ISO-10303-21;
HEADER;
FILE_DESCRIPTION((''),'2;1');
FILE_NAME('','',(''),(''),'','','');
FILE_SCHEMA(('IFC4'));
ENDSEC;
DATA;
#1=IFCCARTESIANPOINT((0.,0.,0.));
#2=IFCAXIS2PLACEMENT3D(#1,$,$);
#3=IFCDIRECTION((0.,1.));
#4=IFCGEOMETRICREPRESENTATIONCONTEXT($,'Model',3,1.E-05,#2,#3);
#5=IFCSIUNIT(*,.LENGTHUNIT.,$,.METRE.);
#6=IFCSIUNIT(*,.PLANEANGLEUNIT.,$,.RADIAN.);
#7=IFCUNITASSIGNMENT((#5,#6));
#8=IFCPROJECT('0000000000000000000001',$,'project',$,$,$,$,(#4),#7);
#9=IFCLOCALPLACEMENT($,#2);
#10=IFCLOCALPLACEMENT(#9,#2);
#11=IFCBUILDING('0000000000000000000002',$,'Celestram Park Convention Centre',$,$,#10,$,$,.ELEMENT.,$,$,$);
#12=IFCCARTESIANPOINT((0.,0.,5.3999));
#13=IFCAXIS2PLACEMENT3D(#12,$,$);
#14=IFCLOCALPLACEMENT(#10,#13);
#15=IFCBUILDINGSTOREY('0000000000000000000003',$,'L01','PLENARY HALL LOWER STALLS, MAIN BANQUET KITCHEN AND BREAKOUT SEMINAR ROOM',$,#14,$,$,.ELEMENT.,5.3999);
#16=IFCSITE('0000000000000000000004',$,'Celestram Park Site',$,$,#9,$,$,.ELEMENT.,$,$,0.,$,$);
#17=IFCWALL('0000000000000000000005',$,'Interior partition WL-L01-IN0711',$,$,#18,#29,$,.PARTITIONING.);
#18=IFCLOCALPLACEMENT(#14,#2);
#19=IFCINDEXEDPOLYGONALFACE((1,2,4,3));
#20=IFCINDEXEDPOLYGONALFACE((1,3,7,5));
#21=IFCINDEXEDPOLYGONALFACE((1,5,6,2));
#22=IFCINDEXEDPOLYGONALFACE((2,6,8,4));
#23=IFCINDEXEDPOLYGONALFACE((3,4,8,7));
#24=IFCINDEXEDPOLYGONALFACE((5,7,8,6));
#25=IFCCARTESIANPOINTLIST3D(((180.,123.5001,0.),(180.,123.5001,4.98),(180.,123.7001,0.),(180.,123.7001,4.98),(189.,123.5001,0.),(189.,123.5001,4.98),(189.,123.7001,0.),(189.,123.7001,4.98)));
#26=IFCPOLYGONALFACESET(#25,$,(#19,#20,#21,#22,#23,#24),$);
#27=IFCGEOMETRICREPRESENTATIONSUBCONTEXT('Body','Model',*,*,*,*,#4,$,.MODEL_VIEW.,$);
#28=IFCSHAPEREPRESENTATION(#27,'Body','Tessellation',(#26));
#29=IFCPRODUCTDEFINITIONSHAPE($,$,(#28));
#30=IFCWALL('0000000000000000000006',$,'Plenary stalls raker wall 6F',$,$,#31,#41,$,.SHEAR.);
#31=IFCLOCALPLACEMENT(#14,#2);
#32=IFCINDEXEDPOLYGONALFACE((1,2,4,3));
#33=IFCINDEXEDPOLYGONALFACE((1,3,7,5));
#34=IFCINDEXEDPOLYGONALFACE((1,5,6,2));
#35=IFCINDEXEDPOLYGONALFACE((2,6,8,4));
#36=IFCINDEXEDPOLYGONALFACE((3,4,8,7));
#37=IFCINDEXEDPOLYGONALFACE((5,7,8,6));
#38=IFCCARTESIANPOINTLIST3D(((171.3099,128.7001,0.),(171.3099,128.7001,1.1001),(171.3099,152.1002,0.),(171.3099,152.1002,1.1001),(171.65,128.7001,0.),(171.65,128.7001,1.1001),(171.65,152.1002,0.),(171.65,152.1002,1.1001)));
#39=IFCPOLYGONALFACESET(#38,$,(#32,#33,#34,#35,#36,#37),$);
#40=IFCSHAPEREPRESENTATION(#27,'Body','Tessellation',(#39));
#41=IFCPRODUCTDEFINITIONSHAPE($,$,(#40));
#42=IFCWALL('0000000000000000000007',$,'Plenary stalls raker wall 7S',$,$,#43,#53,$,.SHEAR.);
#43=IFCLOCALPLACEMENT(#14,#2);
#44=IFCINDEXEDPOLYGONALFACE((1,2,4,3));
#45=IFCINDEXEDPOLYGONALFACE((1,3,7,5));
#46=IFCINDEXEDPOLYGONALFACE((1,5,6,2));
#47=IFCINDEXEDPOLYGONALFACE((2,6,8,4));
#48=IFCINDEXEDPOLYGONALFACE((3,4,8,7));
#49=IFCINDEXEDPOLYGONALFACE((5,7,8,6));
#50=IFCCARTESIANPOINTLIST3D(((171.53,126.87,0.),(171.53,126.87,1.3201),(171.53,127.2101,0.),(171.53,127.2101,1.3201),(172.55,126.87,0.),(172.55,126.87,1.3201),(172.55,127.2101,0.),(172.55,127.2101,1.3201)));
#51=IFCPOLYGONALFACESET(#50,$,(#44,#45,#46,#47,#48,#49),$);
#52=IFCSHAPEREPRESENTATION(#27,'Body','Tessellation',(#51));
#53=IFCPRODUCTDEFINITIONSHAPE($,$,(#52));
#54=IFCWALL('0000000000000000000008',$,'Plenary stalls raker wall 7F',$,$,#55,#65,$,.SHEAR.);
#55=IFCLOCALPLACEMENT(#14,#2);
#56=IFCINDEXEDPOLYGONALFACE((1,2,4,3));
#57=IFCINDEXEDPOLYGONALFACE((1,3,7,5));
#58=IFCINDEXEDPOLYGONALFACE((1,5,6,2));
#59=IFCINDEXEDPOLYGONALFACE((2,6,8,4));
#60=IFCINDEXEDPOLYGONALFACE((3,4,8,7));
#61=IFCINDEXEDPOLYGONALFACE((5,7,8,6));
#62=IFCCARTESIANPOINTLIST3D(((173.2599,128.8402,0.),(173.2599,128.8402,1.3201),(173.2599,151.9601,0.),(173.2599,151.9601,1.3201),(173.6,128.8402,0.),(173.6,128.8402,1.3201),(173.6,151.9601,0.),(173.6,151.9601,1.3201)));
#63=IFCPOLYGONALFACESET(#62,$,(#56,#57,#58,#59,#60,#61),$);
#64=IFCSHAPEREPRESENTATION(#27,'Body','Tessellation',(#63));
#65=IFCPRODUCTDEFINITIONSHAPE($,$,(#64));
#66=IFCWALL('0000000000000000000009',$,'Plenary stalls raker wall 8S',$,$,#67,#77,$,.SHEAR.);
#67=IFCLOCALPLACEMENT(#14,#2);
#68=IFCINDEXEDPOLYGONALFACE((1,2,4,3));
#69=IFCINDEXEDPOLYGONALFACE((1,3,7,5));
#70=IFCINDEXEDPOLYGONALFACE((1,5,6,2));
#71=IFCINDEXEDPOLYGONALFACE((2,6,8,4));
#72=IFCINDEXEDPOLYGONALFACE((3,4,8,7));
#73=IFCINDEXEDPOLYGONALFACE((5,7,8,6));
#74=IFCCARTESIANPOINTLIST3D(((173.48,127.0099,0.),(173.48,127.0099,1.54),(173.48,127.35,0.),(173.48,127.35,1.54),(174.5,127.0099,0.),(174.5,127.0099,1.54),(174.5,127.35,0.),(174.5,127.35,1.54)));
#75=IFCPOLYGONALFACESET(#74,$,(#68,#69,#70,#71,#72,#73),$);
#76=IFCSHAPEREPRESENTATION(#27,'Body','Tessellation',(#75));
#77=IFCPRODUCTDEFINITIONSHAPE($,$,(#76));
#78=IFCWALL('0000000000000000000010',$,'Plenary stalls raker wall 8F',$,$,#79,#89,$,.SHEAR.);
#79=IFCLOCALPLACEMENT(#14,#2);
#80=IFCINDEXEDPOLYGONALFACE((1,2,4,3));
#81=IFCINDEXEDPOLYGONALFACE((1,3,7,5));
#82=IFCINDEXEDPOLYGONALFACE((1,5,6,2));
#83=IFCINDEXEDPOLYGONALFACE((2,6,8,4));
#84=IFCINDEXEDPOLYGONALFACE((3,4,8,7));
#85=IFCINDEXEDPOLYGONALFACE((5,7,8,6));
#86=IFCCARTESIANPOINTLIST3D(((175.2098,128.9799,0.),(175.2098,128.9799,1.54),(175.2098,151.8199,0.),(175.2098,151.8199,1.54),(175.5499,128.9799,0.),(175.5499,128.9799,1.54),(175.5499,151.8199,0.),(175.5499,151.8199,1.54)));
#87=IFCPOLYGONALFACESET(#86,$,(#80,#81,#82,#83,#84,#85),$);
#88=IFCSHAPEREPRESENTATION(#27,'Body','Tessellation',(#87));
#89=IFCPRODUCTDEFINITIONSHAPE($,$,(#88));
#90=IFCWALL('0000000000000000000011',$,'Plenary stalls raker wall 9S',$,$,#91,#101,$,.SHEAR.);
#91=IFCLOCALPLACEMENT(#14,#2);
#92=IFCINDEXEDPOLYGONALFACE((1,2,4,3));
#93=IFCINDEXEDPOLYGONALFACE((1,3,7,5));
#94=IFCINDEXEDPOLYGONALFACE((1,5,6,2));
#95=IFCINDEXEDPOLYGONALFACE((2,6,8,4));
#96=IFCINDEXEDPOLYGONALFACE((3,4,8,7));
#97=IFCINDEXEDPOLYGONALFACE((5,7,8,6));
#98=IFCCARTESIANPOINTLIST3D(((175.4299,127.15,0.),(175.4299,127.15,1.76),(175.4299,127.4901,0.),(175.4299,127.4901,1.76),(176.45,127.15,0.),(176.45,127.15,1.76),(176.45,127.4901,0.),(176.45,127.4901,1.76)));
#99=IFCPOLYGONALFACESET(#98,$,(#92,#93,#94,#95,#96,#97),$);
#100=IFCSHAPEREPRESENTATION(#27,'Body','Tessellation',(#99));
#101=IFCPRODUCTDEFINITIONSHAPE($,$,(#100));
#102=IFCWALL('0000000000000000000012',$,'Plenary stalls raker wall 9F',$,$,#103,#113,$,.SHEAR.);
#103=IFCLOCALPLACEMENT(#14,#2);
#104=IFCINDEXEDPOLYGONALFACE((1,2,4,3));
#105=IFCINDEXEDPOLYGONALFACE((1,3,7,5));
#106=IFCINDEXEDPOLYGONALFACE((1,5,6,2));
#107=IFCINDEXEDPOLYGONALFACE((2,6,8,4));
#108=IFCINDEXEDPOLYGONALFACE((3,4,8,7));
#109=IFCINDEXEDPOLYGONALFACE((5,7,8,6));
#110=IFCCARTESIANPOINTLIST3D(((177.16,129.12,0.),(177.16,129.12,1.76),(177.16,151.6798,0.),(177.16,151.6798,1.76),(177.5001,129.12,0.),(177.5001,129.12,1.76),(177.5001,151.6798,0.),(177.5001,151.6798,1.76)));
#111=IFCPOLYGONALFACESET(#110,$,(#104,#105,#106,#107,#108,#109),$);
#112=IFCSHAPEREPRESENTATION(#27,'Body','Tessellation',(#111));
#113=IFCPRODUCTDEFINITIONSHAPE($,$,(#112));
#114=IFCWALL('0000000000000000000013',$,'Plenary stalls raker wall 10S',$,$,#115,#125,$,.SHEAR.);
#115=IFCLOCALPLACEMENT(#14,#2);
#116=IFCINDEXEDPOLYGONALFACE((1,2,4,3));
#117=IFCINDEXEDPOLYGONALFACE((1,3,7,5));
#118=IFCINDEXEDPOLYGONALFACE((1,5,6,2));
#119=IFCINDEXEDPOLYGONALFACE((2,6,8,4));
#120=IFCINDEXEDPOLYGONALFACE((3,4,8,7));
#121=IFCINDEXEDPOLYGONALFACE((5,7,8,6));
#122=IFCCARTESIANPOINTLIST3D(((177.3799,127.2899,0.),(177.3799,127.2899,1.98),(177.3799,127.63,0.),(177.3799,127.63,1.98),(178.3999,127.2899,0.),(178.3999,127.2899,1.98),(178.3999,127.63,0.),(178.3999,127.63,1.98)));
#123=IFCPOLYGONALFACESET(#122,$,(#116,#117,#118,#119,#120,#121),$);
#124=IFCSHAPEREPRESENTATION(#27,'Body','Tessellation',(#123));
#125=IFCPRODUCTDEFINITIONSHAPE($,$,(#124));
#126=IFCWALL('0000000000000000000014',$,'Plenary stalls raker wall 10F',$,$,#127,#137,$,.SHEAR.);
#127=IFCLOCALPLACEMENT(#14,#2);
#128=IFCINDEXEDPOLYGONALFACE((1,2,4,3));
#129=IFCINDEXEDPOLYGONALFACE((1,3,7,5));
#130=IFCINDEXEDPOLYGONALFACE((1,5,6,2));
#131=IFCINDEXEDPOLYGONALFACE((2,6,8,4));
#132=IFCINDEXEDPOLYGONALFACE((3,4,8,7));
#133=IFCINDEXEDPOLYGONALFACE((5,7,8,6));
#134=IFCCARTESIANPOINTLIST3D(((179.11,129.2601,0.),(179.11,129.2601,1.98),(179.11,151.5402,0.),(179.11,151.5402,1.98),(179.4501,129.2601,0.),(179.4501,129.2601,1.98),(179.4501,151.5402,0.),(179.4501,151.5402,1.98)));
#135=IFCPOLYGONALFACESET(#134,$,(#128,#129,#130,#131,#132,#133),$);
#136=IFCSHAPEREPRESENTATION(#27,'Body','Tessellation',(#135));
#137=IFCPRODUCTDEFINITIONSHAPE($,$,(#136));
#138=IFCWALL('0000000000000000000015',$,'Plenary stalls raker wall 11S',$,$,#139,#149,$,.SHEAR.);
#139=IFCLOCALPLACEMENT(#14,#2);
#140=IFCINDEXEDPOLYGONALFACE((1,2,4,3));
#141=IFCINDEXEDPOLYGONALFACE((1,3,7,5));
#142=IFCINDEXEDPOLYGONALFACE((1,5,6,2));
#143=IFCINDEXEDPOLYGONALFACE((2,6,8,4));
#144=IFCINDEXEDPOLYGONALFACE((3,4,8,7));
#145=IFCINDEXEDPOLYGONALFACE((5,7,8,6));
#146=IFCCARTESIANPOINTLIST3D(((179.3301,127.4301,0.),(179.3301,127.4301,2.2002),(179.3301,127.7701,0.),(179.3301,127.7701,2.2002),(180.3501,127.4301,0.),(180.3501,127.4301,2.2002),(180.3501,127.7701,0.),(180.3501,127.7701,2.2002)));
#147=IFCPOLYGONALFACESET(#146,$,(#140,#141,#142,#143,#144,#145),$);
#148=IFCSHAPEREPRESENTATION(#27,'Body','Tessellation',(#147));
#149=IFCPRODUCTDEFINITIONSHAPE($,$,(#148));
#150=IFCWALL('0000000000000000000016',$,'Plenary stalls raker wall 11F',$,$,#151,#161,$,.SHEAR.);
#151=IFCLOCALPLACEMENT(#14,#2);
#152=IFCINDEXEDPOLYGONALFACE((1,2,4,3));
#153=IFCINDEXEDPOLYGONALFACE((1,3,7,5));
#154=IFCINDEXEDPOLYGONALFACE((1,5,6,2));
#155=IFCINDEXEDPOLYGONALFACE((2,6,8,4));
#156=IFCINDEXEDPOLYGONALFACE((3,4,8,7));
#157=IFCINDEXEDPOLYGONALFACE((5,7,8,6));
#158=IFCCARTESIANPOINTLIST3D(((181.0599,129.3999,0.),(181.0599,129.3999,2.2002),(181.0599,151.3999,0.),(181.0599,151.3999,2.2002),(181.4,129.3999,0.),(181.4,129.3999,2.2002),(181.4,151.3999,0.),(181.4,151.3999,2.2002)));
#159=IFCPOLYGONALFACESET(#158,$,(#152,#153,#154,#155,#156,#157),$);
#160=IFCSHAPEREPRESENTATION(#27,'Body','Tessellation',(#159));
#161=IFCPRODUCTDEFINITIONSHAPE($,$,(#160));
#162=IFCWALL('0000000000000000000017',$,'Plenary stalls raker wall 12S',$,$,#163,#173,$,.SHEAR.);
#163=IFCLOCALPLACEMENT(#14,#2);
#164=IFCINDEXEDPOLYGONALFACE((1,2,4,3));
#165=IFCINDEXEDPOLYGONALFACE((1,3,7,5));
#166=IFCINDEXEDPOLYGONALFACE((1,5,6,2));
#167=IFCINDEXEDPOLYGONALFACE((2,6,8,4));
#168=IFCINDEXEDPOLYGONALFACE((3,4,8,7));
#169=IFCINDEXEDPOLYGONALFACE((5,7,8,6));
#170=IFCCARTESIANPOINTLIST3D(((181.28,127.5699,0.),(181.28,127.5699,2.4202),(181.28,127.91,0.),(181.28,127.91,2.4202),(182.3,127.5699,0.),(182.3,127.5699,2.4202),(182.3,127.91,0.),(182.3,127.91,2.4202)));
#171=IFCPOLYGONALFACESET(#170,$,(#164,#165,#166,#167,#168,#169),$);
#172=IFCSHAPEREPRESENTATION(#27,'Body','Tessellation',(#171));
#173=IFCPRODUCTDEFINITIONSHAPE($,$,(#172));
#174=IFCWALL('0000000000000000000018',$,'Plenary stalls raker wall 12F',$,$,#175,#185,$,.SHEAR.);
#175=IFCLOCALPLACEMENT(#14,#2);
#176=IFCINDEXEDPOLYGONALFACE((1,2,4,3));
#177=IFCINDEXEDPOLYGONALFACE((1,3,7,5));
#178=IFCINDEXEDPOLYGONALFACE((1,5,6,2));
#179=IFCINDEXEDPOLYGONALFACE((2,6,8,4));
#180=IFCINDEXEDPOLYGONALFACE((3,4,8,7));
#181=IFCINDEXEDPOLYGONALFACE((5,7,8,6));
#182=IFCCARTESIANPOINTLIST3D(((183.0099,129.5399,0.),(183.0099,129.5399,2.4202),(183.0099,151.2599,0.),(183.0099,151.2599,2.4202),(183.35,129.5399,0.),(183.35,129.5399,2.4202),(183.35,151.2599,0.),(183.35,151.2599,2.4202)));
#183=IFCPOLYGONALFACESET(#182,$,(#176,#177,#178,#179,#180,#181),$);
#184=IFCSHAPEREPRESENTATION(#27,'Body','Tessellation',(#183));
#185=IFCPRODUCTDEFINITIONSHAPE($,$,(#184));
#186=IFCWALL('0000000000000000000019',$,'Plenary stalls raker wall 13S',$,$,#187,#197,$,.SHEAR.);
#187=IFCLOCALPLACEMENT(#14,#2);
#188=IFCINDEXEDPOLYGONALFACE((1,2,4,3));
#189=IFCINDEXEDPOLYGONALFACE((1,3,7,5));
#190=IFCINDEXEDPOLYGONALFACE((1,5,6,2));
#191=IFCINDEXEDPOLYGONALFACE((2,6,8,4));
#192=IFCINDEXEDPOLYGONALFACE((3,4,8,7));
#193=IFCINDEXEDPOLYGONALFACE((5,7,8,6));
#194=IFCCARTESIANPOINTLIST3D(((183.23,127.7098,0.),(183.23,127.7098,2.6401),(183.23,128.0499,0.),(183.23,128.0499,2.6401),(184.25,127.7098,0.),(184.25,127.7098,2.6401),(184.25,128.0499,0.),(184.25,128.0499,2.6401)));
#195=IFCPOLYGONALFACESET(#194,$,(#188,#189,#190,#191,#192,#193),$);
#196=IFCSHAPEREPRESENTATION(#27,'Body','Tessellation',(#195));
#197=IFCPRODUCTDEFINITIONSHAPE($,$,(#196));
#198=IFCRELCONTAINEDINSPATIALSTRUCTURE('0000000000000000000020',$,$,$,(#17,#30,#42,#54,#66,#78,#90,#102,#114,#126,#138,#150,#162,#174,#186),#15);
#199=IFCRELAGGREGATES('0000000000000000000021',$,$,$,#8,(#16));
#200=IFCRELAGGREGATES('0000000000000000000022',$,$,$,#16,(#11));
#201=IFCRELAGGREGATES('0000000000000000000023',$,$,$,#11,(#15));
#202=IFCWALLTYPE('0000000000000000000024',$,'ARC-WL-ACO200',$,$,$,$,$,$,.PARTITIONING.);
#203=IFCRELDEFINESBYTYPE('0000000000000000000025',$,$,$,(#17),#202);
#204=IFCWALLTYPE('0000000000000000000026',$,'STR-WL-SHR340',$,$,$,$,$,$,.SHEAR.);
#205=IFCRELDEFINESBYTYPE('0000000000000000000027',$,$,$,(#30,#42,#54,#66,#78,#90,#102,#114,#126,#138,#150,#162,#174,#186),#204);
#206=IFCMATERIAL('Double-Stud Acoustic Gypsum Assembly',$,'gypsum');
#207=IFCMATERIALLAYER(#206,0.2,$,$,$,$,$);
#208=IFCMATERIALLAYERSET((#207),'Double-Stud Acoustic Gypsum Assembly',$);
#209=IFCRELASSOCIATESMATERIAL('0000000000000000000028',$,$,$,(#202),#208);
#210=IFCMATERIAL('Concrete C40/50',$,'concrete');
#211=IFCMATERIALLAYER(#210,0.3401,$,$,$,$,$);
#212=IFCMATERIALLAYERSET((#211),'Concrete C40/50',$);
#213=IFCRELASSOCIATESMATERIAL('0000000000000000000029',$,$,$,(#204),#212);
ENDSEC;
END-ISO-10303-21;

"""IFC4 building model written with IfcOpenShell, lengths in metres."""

from ifc_helpers import new_model, si_unit, direction, frame, frame_2d, origin, place, context, subcontext, project, spatial, rectangle, extrude, material, layer, layer_set, type_object, element, save


model = new_model("IFC4")

# Units and contexts
model_context = context("Model", 3, precision=1e-05, world=origin(), true_north=direction((0.0, 1.0)))
body_context = subcontext(model_context, "Body", "Model", "MODEL_VIEW")
ifc_project = project(units=[si_unit("LENGTHUNIT", "METRE"), si_unit("PLANEANGLEUNIT", "RADIAN")], contexts=[model_context])

# Site, building, storey
site_placement = place(None, origin())
site = spatial("IfcSite", under=ifc_project, at=site_placement, Name="Celestram Park Site", CompositionType="ELEMENT", RefElevation=0.0)
building_placement = place(site_placement, origin())
building = spatial("IfcBuilding", under=site, at=building_placement, Name="Celestram Park Convention Centre", CompositionType="ELEMENT")
storey_placement = place(building_placement, frame((0.0, 0.0, 5.3999)))
storey = spatial("IfcBuildingStorey", under=building, at=storey_placement, Name="L01", Description="PLENARY HALL LOWER STALLS, MAIN BANQUET KITCHEN AND BREAKOUT SEMINAR ROOM", CompositionType="ELEMENT", Elevation=5.3999)

# Walls
ifc_material_1 = material(Name="Double-Stud Acoustic Gypsum Assembly", Category="gypsum")
ifc_layer_1 = layer(ifc_material_1, 0.2)
ifc_layer_set_1 = layer_set([ifc_layer_1], Name="Double-Stud Acoustic Gypsum Assembly")
wall_type_1 = type_object("IfcWallType", Name="ARC-WL-ACO200", PredefinedType="PARTITIONING", material=ifc_layer_set_1)
wall_1_placement = place(storey_placement, frame((180.0, 123.6001, 0.0), z_axis=(0.0, 0.0, 1.0), x_axis=(1.0, 0.0, 0.0)))
element("IfcWall", 1, at=wall_1_placement, inside=storey, type_object=wall_type_1, Name="Interior partition WL-L01-IN0711", PredefinedType="PARTITIONING", context=body_context, shape_type="SweptSolid", body=[
    extrude(rectangle(XDim=9.0, YDim=0.2, at=frame_2d((4.5, 0.0))), origin(), (0.0, 0.0, 1.0), 4.98),
])
ifc_material_2 = material(Name="Concrete C40/50", Category="concrete")
ifc_layer_2 = layer(ifc_material_2, 0.3401)
ifc_layer_set_2 = layer_set([ifc_layer_2], Name="Concrete C40/50")
wall_type_2 = type_object("IfcWallType", Name="STR-WL-SHR340", PredefinedType="SHEAR", material=ifc_layer_set_2)
wall_2_placement = place(storey_placement, frame((171.48, 128.7, 0.0), z_axis=(0.0, 0.0, 1.0), x_axis=(0.0, 1.0, 0.0)))
element("IfcWall", 2, at=wall_2_placement, inside=storey, type_object=wall_type_2, Name="Plenary stalls raker wall 6F", PredefinedType="SHEAR", context=body_context, shape_type="SweptSolid", body=[
    extrude(rectangle(XDim=23.4001, YDim=0.3401, at=frame_2d((11.7002, 0.0))), origin(), (0.0, 0.0, 1.0), 1.1001),
])
wall_3_placement = place(storey_placement, frame((171.53, 127.04, 0.0), z_axis=(0.0, 0.0, 1.0), x_axis=(1.0, 0.0, 0.0)))
element("IfcWall", 3, at=wall_3_placement, inside=storey, type_object=wall_type_2, Name="Plenary stalls raker wall 7S", PredefinedType="SHEAR", context=body_context, shape_type="SweptSolid", body=[
    extrude(rectangle(XDim=1.02, YDim=0.3401, at=frame_2d((0.51, 0.0))), origin(), (0.0, 0.0, 1.0), 1.3201),
])
wall_4_placement = place(storey_placement, frame((173.4299, 128.8401, 0.0), z_axis=(0.0, 0.0, 1.0), x_axis=(0.0, 1.0, 0.0)))
element("IfcWall", 4, at=wall_4_placement, inside=storey, type_object=wall_type_2, Name="Plenary stalls raker wall 7F", PredefinedType="SHEAR", context=body_context, shape_type="SweptSolid", body=[
    extrude(rectangle(XDim=23.1199, YDim=0.3401, at=frame_2d((11.5601, 0.0))), origin(), (0.0, 0.0, 1.0), 1.3201),
])
wall_5_placement = place(storey_placement, frame((173.48, 127.1799, 0.0), z_axis=(0.0, 0.0, 1.0), x_axis=(1.0, 0.0, 0.0)))
element("IfcWall", 5, at=wall_5_placement, inside=storey, type_object=wall_type_2, Name="Plenary stalls raker wall 8S", PredefinedType="SHEAR", context=body_context, shape_type="SweptSolid", body=[
    extrude(rectangle(XDim=1.02, YDim=0.3401, at=frame_2d((0.51, 0.0))), origin(), (0.0, 0.0, 1.0), 1.54),
])
wall_6_placement = place(storey_placement, frame((175.3799, 128.98, 0.0), z_axis=(0.0, 0.0, 1.0), x_axis=(0.0, 1.0, 0.0)))
element("IfcWall", 6, at=wall_6_placement, inside=storey, type_object=wall_type_2, Name="Plenary stalls raker wall 8F", PredefinedType="SHEAR", context=body_context, shape_type="SweptSolid", body=[
    extrude(rectangle(XDim=22.8401, YDim=0.3401, at=frame_2d((11.4199, 0.0))), origin(), (0.0, 0.0, 1.0), 1.54),
])
wall_7_placement = place(storey_placement, frame((175.4299, 127.3201, 0.0), z_axis=(0.0, 0.0, 1.0), x_axis=(1.0, 0.0, 0.0)))
element("IfcWall", 7, at=wall_7_placement, inside=storey, type_object=wall_type_2, Name="Plenary stalls raker wall 9S", PredefinedType="SHEAR", context=body_context, shape_type="SweptSolid", body=[
    extrude(rectangle(XDim=1.02, YDim=0.3401, at=frame_2d((0.51, 0.0))), origin(), (0.0, 0.0, 1.0), 1.76),
])
wall_8_placement = place(storey_placement, frame((177.3301, 129.1201, 0.0), z_axis=(0.0, 0.0, 1.0), x_axis=(0.0, 1.0, 0.0)))
element("IfcWall", 8, at=wall_8_placement, inside=storey, type_object=wall_type_2, Name="Plenary stalls raker wall 9F", PredefinedType="SHEAR", context=body_context, shape_type="SweptSolid", body=[
    extrude(rectangle(XDim=22.5598, YDim=0.3401, at=frame_2d((11.2798, 0.0))), origin(), (0.0, 0.0, 1.0), 1.76),
])
wall_9_placement = place(storey_placement, frame((177.3799, 127.46, 0.0), z_axis=(0.0, 0.0, 1.0), x_axis=(1.0, 0.0, 0.0)))
element("IfcWall", 9, at=wall_9_placement, inside=storey, type_object=wall_type_2, Name="Plenary stalls raker wall 10S", PredefinedType="SHEAR", context=body_context, shape_type="SweptSolid", body=[
    extrude(rectangle(XDim=1.02, YDim=0.3401, at=frame_2d((0.51, 0.0))), origin(), (0.0, 0.0, 1.0), 1.98),
])
wall_10_placement = place(storey_placement, frame((179.28, 129.26, 0.0), z_axis=(0.0, 0.0, 1.0), x_axis=(0.0, 1.0, 0.0)))
element("IfcWall", 10, at=wall_10_placement, inside=storey, type_object=wall_type_2, Name="Plenary stalls raker wall 10F", PredefinedType="SHEAR", context=body_context, shape_type="SweptSolid", body=[
    extrude(rectangle(XDim=22.28, YDim=0.3401, at=frame_2d((11.1401, 0.0))), origin(), (0.0, 0.0, 1.0), 1.98),
])
wall_11_placement = place(storey_placement, frame((179.3301, 127.6001, 0.0), z_axis=(0.0, 0.0, 1.0), x_axis=(1.0, 0.0, 0.0)))
element("IfcWall", 11, at=wall_11_placement, inside=storey, type_object=wall_type_2, Name="Plenary stalls raker wall 11S", PredefinedType="SHEAR", context=body_context, shape_type="SweptSolid", body=[
    extrude(rectangle(XDim=1.02, YDim=0.3401, at=frame_2d((0.51, 0.0))), origin(), (0.0, 0.0, 1.0), 2.2002),
])
wall_12_placement = place(storey_placement, frame((181.23, 129.3999, 0.0), z_axis=(0.0, 0.0, 1.0), x_axis=(0.0, 1.0, 0.0)))
element("IfcWall", 12, at=wall_12_placement, inside=storey, type_object=wall_type_2, Name="Plenary stalls raker wall 11F", PredefinedType="SHEAR", context=body_context, shape_type="SweptSolid", body=[
    extrude(rectangle(XDim=22.0, YDim=0.3401, at=frame_2d((11.0, 0.0))), origin(), (0.0, 0.0, 1.0), 2.2002),
])
wall_13_placement = place(storey_placement, frame((181.28, 127.74, 0.0), z_axis=(0.0, 0.0, 1.0), x_axis=(1.0, 0.0, 0.0)))
element("IfcWall", 13, at=wall_13_placement, inside=storey, type_object=wall_type_2, Name="Plenary stalls raker wall 12S", PredefinedType="SHEAR", context=body_context, shape_type="SweptSolid", body=[
    extrude(rectangle(XDim=1.02, YDim=0.3401, at=frame_2d((0.51, 0.0))), origin(), (0.0, 0.0, 1.0), 2.4202),
])
wall_14_placement = place(storey_placement, frame((183.1799, 129.54, 0.0), z_axis=(0.0, 0.0, 1.0), x_axis=(0.0, 1.0, 0.0)))
element("IfcWall", 14, at=wall_14_placement, inside=storey, type_object=wall_type_2, Name="Plenary stalls raker wall 12F", PredefinedType="SHEAR", context=body_context, shape_type="SweptSolid", body=[
    extrude(rectangle(XDim=21.72, YDim=0.3401, at=frame_2d((10.8599, 0.0))), origin(), (0.0, 0.0, 1.0), 2.4202),
])
wall_15_placement = place(storey_placement, frame((183.23, 127.8799, 0.0), z_axis=(0.0, 0.0, 1.0), x_axis=(1.0, 0.0, 0.0)))
element("IfcWall", 15, at=wall_15_placement, inside=storey, type_object=wall_type_2, Name="Plenary stalls raker wall 13S", PredefinedType="SHEAR", context=body_context, shape_type="SweptSolid", body=[
    extrude(rectangle(XDim=1.02, YDim=0.3401, at=frame_2d((0.51, 0.0))), origin(), (0.0, 0.0, 1.0), 2.6401),
])

save(model, "model.ifc")
